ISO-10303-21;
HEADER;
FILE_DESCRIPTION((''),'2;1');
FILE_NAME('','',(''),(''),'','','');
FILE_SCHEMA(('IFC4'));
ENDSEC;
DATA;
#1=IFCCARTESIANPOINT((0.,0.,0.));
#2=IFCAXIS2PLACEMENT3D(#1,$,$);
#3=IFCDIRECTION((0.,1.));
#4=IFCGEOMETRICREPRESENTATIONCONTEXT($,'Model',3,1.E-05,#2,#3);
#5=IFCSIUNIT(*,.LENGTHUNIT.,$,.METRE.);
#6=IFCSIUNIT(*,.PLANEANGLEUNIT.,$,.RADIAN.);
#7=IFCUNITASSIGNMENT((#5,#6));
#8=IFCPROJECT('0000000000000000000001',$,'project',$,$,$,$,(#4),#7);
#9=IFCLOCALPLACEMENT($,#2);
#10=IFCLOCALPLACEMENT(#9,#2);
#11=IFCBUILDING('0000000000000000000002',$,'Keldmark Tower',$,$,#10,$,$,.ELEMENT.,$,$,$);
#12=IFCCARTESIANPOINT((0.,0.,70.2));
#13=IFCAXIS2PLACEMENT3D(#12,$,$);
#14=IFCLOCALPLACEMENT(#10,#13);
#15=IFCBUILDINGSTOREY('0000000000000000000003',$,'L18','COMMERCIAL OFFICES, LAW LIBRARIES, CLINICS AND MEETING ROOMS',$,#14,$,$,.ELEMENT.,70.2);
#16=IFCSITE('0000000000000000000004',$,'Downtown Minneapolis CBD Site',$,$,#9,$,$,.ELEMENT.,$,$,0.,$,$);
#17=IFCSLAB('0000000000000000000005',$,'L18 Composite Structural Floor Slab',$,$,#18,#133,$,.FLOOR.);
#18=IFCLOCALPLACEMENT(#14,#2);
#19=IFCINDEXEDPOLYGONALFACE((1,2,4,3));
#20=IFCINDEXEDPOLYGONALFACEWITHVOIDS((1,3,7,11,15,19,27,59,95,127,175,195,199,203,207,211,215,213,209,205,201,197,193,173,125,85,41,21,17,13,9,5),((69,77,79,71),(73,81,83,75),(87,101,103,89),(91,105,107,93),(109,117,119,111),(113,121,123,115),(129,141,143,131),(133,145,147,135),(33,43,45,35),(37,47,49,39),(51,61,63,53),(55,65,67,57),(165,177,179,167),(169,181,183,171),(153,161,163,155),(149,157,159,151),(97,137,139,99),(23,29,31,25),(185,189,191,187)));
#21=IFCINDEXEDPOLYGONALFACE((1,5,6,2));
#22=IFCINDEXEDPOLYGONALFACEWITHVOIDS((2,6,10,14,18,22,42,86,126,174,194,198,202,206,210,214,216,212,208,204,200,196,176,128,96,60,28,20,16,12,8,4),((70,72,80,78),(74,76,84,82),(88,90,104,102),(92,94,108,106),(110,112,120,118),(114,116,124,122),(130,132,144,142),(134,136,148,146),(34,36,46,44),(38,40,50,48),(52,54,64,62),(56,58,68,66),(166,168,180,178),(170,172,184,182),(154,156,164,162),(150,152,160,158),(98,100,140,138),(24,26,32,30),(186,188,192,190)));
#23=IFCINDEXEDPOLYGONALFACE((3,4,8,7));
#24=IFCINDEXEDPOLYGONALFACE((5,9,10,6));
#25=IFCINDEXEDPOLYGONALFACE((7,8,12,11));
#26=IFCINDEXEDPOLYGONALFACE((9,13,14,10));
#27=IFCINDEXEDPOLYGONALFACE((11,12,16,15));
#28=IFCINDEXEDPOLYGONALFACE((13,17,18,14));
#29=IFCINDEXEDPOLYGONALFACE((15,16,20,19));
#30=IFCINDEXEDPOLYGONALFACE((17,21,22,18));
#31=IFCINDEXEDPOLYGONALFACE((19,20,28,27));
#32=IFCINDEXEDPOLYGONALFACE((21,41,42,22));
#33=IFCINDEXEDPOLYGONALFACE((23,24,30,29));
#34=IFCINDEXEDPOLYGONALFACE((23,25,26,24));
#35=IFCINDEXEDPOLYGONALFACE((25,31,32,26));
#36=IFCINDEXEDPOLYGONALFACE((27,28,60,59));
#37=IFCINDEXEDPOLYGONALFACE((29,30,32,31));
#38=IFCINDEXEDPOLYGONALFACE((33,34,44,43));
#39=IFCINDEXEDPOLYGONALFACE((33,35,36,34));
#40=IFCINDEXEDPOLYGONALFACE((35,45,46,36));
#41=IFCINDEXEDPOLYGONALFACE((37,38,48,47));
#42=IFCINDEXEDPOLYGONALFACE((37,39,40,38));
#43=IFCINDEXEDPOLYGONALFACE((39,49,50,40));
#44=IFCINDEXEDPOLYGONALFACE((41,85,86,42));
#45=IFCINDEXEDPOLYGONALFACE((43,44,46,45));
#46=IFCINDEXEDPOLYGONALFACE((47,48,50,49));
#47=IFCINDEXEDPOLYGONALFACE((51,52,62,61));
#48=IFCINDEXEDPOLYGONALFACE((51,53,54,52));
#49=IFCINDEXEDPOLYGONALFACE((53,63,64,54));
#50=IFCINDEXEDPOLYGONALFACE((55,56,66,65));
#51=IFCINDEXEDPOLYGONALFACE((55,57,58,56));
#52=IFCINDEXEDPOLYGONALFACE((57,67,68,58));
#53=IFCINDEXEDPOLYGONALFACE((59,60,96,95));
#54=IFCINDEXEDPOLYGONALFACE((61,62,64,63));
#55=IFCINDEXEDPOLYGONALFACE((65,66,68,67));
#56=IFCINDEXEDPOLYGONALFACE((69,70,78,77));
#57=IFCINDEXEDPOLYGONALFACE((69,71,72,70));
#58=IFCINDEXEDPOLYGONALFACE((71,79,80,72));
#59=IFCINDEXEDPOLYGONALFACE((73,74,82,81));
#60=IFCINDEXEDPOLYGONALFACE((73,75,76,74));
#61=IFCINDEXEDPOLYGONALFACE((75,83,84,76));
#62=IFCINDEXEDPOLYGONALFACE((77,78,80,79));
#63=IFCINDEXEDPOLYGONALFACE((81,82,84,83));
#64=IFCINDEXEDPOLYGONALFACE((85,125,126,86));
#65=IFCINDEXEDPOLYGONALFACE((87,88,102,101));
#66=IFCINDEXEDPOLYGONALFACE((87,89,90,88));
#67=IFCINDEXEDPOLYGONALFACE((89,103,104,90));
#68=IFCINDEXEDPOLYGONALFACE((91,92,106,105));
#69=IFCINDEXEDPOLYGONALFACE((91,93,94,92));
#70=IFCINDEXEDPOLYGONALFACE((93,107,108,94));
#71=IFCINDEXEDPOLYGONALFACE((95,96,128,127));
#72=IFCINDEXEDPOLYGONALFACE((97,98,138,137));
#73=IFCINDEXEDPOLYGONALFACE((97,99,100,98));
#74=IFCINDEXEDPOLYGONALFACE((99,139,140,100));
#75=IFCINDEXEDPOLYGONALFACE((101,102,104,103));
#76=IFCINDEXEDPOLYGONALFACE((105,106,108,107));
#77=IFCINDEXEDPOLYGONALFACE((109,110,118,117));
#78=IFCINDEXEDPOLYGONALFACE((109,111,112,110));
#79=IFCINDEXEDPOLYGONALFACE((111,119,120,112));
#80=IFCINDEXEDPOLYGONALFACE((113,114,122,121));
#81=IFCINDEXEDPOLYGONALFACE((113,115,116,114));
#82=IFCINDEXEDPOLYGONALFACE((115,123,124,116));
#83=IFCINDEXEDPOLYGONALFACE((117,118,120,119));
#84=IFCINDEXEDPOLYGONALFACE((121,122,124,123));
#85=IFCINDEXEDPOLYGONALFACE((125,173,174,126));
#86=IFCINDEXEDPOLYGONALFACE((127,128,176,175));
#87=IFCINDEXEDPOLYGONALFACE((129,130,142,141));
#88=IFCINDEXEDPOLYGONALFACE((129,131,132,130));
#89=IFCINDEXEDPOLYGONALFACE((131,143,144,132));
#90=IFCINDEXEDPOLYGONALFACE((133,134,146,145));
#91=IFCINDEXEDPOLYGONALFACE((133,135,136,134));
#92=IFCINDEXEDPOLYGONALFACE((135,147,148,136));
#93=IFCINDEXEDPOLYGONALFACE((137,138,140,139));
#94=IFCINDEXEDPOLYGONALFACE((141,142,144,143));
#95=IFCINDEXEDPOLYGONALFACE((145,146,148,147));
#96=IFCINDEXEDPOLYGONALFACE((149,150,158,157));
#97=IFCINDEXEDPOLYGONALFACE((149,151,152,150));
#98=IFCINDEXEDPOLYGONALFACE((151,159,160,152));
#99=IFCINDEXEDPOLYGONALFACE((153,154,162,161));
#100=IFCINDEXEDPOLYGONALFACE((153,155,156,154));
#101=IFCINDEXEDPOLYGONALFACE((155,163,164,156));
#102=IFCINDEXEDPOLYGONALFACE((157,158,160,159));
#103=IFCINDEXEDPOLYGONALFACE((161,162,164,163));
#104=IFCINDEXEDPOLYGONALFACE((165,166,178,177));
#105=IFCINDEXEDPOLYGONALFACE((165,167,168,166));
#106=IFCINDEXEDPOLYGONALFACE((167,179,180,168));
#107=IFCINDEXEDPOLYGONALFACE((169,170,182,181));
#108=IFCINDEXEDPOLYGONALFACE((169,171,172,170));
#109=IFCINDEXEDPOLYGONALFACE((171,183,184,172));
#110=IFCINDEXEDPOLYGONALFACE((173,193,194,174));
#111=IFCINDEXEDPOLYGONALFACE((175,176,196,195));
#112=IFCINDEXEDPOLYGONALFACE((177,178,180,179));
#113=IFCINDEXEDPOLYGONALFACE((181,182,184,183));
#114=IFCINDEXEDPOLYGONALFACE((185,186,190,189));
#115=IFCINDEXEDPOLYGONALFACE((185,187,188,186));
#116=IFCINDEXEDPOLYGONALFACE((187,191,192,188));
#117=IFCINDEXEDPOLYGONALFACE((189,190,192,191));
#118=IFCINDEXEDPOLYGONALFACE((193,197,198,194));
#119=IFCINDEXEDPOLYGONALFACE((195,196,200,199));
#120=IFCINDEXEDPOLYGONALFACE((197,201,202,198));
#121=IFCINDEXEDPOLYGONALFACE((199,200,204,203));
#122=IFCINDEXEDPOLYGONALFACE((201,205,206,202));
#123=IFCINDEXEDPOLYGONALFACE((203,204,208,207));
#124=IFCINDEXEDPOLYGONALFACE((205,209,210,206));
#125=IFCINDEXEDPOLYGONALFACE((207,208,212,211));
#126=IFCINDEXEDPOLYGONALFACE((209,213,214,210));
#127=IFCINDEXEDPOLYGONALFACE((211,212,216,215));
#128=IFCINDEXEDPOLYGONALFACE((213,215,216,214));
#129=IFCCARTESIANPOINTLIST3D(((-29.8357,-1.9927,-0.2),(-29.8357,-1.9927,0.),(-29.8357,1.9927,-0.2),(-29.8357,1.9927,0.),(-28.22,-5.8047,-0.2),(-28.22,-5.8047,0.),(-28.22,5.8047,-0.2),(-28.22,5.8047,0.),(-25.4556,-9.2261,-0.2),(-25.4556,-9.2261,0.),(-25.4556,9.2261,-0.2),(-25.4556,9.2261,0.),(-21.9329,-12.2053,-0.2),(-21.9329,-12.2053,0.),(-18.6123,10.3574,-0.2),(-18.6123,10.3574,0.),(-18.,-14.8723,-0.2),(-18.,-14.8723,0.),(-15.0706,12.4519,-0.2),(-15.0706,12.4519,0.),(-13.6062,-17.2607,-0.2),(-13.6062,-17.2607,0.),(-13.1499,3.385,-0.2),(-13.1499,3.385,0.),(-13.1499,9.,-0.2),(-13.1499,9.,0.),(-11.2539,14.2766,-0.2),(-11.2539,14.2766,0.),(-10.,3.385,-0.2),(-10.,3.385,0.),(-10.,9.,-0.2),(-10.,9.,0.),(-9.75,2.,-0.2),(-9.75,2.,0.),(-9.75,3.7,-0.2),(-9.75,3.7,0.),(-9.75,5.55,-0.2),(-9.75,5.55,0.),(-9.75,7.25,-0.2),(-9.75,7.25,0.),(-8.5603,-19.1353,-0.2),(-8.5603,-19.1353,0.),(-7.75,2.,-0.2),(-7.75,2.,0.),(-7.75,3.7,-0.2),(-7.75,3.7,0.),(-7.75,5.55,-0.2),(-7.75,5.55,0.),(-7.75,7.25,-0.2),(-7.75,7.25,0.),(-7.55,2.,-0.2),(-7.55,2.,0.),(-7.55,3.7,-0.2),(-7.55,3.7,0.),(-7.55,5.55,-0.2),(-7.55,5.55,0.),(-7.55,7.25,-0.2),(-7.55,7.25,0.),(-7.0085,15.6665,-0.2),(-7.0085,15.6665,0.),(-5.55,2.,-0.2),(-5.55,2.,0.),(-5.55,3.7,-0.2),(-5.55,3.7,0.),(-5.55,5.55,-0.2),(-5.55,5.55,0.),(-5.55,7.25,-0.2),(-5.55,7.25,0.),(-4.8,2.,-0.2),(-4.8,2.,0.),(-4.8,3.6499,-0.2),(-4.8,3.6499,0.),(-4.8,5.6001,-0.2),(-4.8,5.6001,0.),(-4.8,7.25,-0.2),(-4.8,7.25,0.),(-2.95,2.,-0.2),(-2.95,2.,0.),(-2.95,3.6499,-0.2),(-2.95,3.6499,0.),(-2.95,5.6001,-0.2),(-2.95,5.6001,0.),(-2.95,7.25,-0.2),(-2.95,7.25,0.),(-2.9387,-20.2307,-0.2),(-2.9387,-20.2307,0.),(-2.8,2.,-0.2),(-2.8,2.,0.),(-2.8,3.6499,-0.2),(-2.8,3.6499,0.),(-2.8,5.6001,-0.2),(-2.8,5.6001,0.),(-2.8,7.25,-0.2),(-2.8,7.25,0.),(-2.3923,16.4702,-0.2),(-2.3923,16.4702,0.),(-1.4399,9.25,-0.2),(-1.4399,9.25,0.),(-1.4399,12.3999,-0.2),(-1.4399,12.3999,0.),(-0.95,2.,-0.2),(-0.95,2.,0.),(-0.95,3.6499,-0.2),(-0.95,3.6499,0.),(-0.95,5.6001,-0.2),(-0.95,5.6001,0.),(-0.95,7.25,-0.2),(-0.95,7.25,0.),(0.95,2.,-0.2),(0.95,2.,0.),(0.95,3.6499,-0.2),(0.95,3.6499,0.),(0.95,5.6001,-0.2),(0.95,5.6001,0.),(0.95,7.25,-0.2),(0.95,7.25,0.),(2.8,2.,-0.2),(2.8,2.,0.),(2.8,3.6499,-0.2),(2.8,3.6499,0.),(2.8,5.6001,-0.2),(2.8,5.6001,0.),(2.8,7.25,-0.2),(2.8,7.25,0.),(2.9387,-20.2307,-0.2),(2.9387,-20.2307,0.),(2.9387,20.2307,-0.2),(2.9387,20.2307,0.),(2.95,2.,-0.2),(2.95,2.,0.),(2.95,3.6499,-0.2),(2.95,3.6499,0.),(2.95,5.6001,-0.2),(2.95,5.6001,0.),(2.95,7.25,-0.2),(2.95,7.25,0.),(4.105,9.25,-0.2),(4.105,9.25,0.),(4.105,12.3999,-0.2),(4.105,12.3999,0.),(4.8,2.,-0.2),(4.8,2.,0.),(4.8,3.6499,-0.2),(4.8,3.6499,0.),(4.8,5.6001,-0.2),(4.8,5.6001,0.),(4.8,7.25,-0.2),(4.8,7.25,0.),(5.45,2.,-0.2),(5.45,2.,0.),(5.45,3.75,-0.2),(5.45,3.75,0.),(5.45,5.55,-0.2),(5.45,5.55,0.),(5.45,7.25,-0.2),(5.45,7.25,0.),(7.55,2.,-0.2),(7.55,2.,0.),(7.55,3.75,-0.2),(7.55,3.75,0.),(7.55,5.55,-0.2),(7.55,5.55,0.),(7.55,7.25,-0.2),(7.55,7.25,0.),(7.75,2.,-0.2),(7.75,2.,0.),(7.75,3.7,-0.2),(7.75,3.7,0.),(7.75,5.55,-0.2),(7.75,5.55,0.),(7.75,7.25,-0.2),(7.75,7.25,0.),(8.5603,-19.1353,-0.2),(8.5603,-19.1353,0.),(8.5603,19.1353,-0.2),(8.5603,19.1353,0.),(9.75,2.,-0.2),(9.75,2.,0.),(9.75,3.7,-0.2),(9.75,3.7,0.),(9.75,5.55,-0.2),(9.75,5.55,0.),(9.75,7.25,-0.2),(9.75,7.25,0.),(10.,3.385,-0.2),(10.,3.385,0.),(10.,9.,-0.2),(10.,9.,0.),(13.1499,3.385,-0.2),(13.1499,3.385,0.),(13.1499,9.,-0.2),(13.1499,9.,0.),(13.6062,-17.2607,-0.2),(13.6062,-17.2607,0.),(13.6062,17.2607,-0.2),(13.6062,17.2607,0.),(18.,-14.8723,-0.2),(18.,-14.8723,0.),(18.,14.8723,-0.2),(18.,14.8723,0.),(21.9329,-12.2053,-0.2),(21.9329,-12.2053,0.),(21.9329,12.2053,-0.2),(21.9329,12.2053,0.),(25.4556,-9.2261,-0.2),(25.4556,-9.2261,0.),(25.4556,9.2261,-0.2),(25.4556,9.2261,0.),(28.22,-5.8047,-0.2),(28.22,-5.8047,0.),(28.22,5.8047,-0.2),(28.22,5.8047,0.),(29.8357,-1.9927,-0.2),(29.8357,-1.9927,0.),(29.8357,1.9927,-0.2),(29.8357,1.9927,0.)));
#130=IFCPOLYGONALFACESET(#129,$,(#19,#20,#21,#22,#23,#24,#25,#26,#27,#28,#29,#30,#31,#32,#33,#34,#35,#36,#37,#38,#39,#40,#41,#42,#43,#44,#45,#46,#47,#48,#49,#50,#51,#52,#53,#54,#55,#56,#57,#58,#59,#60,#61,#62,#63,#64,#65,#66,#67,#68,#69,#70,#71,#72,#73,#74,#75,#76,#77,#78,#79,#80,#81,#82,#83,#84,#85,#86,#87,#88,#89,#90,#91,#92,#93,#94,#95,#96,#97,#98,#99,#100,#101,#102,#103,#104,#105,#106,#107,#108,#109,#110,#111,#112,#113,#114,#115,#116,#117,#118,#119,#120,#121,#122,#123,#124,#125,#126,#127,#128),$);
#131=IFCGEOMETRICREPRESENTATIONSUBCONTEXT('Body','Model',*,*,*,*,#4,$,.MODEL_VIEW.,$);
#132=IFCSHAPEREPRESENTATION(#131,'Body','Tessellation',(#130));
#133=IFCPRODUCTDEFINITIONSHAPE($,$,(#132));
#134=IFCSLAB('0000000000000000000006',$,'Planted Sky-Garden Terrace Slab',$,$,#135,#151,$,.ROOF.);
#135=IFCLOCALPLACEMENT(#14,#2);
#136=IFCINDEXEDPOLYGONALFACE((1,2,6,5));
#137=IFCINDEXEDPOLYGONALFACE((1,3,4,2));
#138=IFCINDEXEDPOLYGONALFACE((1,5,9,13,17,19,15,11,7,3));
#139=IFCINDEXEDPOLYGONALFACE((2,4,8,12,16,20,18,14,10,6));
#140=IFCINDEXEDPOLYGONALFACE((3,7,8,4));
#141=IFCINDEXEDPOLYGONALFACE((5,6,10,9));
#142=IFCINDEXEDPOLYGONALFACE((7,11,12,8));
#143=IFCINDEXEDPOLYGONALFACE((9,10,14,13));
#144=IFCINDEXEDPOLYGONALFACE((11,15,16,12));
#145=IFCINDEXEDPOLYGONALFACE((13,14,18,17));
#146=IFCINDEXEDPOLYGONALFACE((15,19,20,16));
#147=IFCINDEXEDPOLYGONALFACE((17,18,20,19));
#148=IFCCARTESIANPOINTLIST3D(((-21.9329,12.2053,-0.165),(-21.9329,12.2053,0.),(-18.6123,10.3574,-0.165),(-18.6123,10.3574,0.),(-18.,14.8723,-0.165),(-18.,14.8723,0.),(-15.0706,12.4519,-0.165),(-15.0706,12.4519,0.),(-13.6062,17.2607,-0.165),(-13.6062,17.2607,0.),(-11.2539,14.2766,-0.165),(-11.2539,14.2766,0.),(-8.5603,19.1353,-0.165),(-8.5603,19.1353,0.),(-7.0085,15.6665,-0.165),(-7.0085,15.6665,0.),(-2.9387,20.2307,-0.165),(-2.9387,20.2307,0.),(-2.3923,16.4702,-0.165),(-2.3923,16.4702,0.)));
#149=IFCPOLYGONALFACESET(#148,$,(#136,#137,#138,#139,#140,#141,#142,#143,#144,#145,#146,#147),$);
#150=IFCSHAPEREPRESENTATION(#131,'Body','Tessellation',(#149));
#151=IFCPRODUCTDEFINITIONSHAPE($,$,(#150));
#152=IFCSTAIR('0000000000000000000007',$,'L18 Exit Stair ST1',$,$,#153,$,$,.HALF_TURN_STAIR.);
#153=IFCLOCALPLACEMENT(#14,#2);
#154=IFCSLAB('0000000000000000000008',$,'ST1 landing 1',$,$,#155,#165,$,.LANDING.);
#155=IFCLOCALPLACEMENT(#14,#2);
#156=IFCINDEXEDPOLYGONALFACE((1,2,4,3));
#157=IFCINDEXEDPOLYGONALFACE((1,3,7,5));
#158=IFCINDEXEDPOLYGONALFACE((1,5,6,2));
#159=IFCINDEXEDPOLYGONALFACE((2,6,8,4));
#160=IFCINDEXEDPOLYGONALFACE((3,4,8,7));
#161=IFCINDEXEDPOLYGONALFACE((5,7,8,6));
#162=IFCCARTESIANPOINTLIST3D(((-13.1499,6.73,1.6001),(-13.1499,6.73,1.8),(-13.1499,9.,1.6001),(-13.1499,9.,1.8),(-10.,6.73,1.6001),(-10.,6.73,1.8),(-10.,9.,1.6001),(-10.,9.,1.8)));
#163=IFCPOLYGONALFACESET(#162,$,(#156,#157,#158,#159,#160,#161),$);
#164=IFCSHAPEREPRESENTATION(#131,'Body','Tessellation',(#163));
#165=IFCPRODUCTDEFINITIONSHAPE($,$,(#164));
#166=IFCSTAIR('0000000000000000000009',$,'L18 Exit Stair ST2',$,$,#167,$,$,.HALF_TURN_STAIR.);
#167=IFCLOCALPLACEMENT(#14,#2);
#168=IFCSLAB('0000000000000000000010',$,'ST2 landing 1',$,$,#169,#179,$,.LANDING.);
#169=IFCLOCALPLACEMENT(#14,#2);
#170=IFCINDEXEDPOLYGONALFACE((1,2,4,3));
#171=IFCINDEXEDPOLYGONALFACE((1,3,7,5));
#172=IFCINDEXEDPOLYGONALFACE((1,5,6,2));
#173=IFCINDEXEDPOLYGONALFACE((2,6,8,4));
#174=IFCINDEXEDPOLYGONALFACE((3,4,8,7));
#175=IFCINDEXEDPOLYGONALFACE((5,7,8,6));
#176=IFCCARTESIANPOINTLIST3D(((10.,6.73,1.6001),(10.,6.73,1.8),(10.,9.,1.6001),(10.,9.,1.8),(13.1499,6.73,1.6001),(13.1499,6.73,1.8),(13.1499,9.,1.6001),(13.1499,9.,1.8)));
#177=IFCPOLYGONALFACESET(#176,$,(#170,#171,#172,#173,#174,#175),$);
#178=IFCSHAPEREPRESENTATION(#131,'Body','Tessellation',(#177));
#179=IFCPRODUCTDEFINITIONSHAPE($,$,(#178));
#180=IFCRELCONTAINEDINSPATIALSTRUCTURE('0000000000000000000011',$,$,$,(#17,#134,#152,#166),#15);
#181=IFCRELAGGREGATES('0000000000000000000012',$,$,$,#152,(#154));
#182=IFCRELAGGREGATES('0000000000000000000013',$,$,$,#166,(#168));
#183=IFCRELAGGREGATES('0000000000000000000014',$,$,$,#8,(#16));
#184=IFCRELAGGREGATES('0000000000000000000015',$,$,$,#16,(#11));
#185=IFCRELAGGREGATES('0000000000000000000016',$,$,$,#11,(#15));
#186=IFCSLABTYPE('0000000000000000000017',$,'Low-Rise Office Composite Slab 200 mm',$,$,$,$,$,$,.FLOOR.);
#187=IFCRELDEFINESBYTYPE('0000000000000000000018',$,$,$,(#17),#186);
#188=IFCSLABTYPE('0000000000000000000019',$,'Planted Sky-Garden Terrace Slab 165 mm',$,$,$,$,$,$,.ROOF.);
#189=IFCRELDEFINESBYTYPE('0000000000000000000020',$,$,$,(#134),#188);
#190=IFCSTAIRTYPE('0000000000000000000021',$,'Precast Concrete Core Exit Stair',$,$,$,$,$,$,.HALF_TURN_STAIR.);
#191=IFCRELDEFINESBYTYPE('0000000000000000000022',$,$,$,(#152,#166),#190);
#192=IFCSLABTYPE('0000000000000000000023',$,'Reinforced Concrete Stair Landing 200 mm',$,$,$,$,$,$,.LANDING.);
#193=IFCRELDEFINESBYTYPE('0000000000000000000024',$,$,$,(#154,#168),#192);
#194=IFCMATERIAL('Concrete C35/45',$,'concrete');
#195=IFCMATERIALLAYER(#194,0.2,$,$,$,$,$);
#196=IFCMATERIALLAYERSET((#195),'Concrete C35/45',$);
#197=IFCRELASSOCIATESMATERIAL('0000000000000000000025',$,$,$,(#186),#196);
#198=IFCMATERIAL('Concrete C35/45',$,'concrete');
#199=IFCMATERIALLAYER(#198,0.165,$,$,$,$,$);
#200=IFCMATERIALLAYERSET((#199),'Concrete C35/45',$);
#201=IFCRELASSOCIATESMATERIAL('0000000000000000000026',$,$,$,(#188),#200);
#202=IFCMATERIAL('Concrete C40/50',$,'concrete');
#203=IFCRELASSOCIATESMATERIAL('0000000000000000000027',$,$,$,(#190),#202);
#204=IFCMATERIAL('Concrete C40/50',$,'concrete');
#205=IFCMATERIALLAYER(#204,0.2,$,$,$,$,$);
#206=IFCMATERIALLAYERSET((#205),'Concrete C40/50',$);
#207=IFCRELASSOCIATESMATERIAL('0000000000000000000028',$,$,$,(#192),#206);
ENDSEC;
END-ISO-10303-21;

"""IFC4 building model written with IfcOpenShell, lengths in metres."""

from ifc_helpers import new_model, si_unit, direction, frame, origin, place, context, subcontext, project, spatial, polyline, outline, extrude, material, layer, layer_set, type_object, element, aggregate, save


model = new_model("IFC4")

# Units and contexts
model_context = context("Model", 3, precision=1e-05, world=origin(), true_north=direction((0.0, 1.0)))
body_context = subcontext(model_context, "Body", "Model", "MODEL_VIEW")
ifc_project = project(units=[si_unit("LENGTHUNIT", "METRE"), si_unit("PLANEANGLEUNIT", "RADIAN")], contexts=[model_context])

# Site, building, storey
site_placement = place(None, origin())
site = spatial("IfcSite", under=ifc_project, at=site_placement, Name="Downtown Minneapolis CBD Site", CompositionType="ELEMENT", RefElevation=0.0)
building_placement = place(site_placement, origin())
building = spatial("IfcBuilding", under=site, at=building_placement, Name="Keldmark Tower", CompositionType="ELEMENT")
storey_placement = place(building_placement, frame((0.0, 0.0, 70.2)))
storey = spatial("IfcBuildingStorey", under=building, at=storey_placement, Name="L18", Description="COMMERCIAL OFFICES, LAW LIBRARIES, CLINICS AND MEETING ROOMS", CompositionType="ELEMENT", Elevation=70.2)

# Slabs
ifc_material_1 = material(Name="Concrete C35/45", Category="concrete")
ifc_layer_1 = layer(ifc_material_1, 0.2)
ifc_layer_set_1 = layer_set([ifc_layer_1], Name="Concrete C35/45")
slab_type_1 = type_object("IfcSlabType", Name="Low-Rise Office Composite Slab 200 mm", PredefinedType="FLOOR", material=ifc_layer_set_1)
slab_1_placement = place(storey_placement, frame((0.0, 0.0, -0.2)))
element("IfcSlab", 1, at=slab_1_placement, inside=storey, type_object=slab_type_1, Name="L18 Composite Structural Floor Slab", PredefinedType="FLOOR", context=body_context, shape_type="SweptSolid", body=[
    extrude(outline(polyline([(29.8357, 1.9927), (28.22, 5.8047), (25.4556, 9.2261), (21.9329, 12.2053), (18.0, 14.8723), (13.6062, 17.2607), (8.5603, 19.1353), (2.9387, 20.2307), (-2.3923, 16.4702), (-7.0085, 15.6665), (-11.2539, 14.2766), (-15.0706, 12.4519), (-18.6123, 10.3574), (-25.4556, 9.2261), (-28.22, 5.8047), (-29.8357, 1.9927), (-29.8357, -1.9927), (-28.22, -5.8047), (-25.4556, -9.2261), (-21.9329, -12.2053), (-18.0, -14.8723), (-13.6062, -17.2607), (-8.5603, -19.1353), (-2.9387, -20.2307), (2.9387, -20.2307), (8.5603, -19.1353), (13.6062, -17.2607), (18.0, -14.8723), (21.9329, -12.2053), (25.4556, -9.2261), (28.22, -5.8047), (29.8357, -1.9927), (29.8357, 1.9927)]), holes=[polyline([(-10.0, 3.385), (-10.0, 9.0), (-13.1499, 9.0), (-13.1499, 3.385), (-10.0, 3.385)]), polyline([(13.1499, 3.385), (13.1499, 9.0), (10.0, 9.0), (10.0, 3.385), (13.1499, 3.385)]), polyline([(-1.4399, 9.25), (4.105, 9.25), (4.105, 12.3999), (-1.4399, 12.3999), (-1.4399, 9.25)]), polyline([(-9.75, 2.0), (-7.75, 2.0), (-7.75, 3.7), (-9.75, 3.7), (-9.75, 2.0)]), polyline([(7.75, 2.0), (9.75, 2.0), (9.75, 3.7), (7.75, 3.7), (7.75, 2.0)]), polyline([(5.45, 2.0), (7.55, 2.0), (7.55, 3.75), (5.45, 3.75), (5.45, 2.0)]), polyline([(-4.8, 2.0), (-2.95, 2.0), (-2.95, 3.6499), (-4.8, 3.6499), (-4.8, 2.0)]), polyline([(-2.8, 2.0), (-0.95, 2.0), (-0.95, 3.6499), (-2.8, 3.6499), (-2.8, 2.0)]), polyline([(0.95, 2.0), (2.8, 2.0), (2.8, 3.6499), (0.95, 3.6499), (0.95, 2.0)]), polyline([(2.95, 2.0), (4.8, 2.0), (4.8, 3.6499), (2.95, 3.6499), (2.95, 2.0)]), polyline([(-4.8, 5.6001), (-2.95, 5.6001), (-2.95, 7.25), (-4.8, 7.25), (-4.8, 5.6001)]), polyline([(-2.8, 5.6001), (-0.95, 5.6001), (-0.95, 7.25), (-2.8, 7.25), (-2.8, 5.6001)]), polyline([(0.95, 5.6001), (2.8, 5.6001), (2.8, 7.25), (0.95, 7.25), (0.95, 5.6001)]), polyline([(2.95, 5.6001), (4.8, 5.6001), (4.8, 7.25), (2.95, 7.25), (2.95, 5.6001)]), polyline([(-9.75, 5.55), (-7.75, 5.55), (-7.75, 7.25), (-9.75, 7.25), (-9.75, 5.55)]), polyline([(-7.55, 5.55), (-5.55, 5.55), (-5.55, 7.25), (-7.55, 7.25), (-7.55, 5.55)]), polyline([(-7.55, 2.0), (-5.55, 2.0), (-5.55, 3.7), (-7.55, 3.7), (-7.55, 2.0)]), polyline([(5.45, 5.55), (7.55, 5.55), (7.55, 7.25), (5.45, 7.25), (5.45, 5.55)]), polyline([(7.75, 5.55), (9.75, 5.55), (9.75, 7.25), (7.75, 7.25), (7.75, 5.55)])]), origin(), (0.0, 0.0, 1.0), 0.2),
])
ifc_material_2 = material(Name="Concrete C35/45", Category="concrete")
ifc_layer_2 = layer(ifc_material_2, 0.165)
ifc_layer_set_2 = layer_set([ifc_layer_2], Name="Concrete C35/45")
slab_type_2 = type_object("IfcSlabType", Name="Planted Sky-Garden Terrace Slab 165 mm", PredefinedType="ROOF", material=ifc_layer_set_2)
slab_2_placement = place(storey_placement, frame((0.0, 0.0, -0.165)))
element("IfcSlab", 2, at=slab_2_placement, inside=storey, type_object=slab_type_2, Name="Planted Sky-Garden Terrace Slab", PredefinedType="ROOF", context=body_context, shape_type="SweptSolid", body=[
    extrude(outline(polyline([(-2.9387, 20.2307), (-8.5603, 19.1353), (-13.6062, 17.2607), (-18.0, 14.8723), (-21.9329, 12.2053), (-18.6123, 10.3574), (-15.0706, 12.4519), (-11.2539, 14.2766), (-7.0085, 15.6665), (-2.3923, 16.4702), (-2.9387, 20.2307)])), origin(), (0.0, 0.0, 1.0), 0.165),
])

# Stairs, slabs
ifc_material_3 = material(Name="Concrete C40/50", Category="concrete")
stair_type = type_object("IfcStairType", Name="Precast Concrete Core Exit Stair", PredefinedType="HALF_TURN_STAIR", material=ifc_material_3)
stair_1_placement = place(storey_placement, origin())
stair_1 = element("IfcStair", 3, at=stair_1_placement, inside=storey, type_object=stair_type, Name="L18 Exit Stair ST1", PredefinedType="HALF_TURN_STAIR")
ifc_material_4 = material(Name="Concrete C40/50", Category="concrete")
ifc_layer_3 = layer(ifc_material_4, 0.2)
ifc_layer_set_3 = layer_set([ifc_layer_3], Name="Concrete C40/50")
slab_type_3 = type_object("IfcSlabType", Name="Reinforced Concrete Stair Landing 200 mm", PredefinedType="LANDING", material=ifc_layer_set_3)
slab_3_placement = place(storey_placement, frame((0.0, 0.0, 1.6001)))
slab_3 = element("IfcSlab", 4, at=slab_3_placement, type_object=slab_type_3, Name="ST1 landing 1", PredefinedType="LANDING", context=body_context, shape_type="SweptSolid", body=[
    extrude(outline(polyline([(-10.0, 6.73), (-10.0, 9.0), (-13.1499, 9.0), (-13.1499, 6.73), (-10.0, 6.73)])), origin(), (0.0, 0.0, 1.0), 0.2),
])
aggregate(stair_1, [slab_3])
stair_2_placement = place(storey_placement, origin())
stair_2 = element("IfcStair", 5, at=stair_2_placement, inside=storey, type_object=stair_type, Name="L18 Exit Stair ST2", PredefinedType="HALF_TURN_STAIR")
slab_4_placement = place(storey_placement, frame((0.0, 0.0, 1.6001)))
slab_4 = element("IfcSlab", 6, at=slab_4_placement, type_object=slab_type_3, Name="ST2 landing 1", PredefinedType="LANDING", context=body_context, shape_type="SweptSolid", body=[
    extrude(outline(polyline([(13.1499, 6.73), (13.1499, 9.0), (10.0, 9.0), (10.0, 6.73), (13.1499, 6.73)])), origin(), (0.0, 0.0, 1.0), 0.2),
])
aggregate(stair_2, [slab_4])

save(model, "model.ifc")
